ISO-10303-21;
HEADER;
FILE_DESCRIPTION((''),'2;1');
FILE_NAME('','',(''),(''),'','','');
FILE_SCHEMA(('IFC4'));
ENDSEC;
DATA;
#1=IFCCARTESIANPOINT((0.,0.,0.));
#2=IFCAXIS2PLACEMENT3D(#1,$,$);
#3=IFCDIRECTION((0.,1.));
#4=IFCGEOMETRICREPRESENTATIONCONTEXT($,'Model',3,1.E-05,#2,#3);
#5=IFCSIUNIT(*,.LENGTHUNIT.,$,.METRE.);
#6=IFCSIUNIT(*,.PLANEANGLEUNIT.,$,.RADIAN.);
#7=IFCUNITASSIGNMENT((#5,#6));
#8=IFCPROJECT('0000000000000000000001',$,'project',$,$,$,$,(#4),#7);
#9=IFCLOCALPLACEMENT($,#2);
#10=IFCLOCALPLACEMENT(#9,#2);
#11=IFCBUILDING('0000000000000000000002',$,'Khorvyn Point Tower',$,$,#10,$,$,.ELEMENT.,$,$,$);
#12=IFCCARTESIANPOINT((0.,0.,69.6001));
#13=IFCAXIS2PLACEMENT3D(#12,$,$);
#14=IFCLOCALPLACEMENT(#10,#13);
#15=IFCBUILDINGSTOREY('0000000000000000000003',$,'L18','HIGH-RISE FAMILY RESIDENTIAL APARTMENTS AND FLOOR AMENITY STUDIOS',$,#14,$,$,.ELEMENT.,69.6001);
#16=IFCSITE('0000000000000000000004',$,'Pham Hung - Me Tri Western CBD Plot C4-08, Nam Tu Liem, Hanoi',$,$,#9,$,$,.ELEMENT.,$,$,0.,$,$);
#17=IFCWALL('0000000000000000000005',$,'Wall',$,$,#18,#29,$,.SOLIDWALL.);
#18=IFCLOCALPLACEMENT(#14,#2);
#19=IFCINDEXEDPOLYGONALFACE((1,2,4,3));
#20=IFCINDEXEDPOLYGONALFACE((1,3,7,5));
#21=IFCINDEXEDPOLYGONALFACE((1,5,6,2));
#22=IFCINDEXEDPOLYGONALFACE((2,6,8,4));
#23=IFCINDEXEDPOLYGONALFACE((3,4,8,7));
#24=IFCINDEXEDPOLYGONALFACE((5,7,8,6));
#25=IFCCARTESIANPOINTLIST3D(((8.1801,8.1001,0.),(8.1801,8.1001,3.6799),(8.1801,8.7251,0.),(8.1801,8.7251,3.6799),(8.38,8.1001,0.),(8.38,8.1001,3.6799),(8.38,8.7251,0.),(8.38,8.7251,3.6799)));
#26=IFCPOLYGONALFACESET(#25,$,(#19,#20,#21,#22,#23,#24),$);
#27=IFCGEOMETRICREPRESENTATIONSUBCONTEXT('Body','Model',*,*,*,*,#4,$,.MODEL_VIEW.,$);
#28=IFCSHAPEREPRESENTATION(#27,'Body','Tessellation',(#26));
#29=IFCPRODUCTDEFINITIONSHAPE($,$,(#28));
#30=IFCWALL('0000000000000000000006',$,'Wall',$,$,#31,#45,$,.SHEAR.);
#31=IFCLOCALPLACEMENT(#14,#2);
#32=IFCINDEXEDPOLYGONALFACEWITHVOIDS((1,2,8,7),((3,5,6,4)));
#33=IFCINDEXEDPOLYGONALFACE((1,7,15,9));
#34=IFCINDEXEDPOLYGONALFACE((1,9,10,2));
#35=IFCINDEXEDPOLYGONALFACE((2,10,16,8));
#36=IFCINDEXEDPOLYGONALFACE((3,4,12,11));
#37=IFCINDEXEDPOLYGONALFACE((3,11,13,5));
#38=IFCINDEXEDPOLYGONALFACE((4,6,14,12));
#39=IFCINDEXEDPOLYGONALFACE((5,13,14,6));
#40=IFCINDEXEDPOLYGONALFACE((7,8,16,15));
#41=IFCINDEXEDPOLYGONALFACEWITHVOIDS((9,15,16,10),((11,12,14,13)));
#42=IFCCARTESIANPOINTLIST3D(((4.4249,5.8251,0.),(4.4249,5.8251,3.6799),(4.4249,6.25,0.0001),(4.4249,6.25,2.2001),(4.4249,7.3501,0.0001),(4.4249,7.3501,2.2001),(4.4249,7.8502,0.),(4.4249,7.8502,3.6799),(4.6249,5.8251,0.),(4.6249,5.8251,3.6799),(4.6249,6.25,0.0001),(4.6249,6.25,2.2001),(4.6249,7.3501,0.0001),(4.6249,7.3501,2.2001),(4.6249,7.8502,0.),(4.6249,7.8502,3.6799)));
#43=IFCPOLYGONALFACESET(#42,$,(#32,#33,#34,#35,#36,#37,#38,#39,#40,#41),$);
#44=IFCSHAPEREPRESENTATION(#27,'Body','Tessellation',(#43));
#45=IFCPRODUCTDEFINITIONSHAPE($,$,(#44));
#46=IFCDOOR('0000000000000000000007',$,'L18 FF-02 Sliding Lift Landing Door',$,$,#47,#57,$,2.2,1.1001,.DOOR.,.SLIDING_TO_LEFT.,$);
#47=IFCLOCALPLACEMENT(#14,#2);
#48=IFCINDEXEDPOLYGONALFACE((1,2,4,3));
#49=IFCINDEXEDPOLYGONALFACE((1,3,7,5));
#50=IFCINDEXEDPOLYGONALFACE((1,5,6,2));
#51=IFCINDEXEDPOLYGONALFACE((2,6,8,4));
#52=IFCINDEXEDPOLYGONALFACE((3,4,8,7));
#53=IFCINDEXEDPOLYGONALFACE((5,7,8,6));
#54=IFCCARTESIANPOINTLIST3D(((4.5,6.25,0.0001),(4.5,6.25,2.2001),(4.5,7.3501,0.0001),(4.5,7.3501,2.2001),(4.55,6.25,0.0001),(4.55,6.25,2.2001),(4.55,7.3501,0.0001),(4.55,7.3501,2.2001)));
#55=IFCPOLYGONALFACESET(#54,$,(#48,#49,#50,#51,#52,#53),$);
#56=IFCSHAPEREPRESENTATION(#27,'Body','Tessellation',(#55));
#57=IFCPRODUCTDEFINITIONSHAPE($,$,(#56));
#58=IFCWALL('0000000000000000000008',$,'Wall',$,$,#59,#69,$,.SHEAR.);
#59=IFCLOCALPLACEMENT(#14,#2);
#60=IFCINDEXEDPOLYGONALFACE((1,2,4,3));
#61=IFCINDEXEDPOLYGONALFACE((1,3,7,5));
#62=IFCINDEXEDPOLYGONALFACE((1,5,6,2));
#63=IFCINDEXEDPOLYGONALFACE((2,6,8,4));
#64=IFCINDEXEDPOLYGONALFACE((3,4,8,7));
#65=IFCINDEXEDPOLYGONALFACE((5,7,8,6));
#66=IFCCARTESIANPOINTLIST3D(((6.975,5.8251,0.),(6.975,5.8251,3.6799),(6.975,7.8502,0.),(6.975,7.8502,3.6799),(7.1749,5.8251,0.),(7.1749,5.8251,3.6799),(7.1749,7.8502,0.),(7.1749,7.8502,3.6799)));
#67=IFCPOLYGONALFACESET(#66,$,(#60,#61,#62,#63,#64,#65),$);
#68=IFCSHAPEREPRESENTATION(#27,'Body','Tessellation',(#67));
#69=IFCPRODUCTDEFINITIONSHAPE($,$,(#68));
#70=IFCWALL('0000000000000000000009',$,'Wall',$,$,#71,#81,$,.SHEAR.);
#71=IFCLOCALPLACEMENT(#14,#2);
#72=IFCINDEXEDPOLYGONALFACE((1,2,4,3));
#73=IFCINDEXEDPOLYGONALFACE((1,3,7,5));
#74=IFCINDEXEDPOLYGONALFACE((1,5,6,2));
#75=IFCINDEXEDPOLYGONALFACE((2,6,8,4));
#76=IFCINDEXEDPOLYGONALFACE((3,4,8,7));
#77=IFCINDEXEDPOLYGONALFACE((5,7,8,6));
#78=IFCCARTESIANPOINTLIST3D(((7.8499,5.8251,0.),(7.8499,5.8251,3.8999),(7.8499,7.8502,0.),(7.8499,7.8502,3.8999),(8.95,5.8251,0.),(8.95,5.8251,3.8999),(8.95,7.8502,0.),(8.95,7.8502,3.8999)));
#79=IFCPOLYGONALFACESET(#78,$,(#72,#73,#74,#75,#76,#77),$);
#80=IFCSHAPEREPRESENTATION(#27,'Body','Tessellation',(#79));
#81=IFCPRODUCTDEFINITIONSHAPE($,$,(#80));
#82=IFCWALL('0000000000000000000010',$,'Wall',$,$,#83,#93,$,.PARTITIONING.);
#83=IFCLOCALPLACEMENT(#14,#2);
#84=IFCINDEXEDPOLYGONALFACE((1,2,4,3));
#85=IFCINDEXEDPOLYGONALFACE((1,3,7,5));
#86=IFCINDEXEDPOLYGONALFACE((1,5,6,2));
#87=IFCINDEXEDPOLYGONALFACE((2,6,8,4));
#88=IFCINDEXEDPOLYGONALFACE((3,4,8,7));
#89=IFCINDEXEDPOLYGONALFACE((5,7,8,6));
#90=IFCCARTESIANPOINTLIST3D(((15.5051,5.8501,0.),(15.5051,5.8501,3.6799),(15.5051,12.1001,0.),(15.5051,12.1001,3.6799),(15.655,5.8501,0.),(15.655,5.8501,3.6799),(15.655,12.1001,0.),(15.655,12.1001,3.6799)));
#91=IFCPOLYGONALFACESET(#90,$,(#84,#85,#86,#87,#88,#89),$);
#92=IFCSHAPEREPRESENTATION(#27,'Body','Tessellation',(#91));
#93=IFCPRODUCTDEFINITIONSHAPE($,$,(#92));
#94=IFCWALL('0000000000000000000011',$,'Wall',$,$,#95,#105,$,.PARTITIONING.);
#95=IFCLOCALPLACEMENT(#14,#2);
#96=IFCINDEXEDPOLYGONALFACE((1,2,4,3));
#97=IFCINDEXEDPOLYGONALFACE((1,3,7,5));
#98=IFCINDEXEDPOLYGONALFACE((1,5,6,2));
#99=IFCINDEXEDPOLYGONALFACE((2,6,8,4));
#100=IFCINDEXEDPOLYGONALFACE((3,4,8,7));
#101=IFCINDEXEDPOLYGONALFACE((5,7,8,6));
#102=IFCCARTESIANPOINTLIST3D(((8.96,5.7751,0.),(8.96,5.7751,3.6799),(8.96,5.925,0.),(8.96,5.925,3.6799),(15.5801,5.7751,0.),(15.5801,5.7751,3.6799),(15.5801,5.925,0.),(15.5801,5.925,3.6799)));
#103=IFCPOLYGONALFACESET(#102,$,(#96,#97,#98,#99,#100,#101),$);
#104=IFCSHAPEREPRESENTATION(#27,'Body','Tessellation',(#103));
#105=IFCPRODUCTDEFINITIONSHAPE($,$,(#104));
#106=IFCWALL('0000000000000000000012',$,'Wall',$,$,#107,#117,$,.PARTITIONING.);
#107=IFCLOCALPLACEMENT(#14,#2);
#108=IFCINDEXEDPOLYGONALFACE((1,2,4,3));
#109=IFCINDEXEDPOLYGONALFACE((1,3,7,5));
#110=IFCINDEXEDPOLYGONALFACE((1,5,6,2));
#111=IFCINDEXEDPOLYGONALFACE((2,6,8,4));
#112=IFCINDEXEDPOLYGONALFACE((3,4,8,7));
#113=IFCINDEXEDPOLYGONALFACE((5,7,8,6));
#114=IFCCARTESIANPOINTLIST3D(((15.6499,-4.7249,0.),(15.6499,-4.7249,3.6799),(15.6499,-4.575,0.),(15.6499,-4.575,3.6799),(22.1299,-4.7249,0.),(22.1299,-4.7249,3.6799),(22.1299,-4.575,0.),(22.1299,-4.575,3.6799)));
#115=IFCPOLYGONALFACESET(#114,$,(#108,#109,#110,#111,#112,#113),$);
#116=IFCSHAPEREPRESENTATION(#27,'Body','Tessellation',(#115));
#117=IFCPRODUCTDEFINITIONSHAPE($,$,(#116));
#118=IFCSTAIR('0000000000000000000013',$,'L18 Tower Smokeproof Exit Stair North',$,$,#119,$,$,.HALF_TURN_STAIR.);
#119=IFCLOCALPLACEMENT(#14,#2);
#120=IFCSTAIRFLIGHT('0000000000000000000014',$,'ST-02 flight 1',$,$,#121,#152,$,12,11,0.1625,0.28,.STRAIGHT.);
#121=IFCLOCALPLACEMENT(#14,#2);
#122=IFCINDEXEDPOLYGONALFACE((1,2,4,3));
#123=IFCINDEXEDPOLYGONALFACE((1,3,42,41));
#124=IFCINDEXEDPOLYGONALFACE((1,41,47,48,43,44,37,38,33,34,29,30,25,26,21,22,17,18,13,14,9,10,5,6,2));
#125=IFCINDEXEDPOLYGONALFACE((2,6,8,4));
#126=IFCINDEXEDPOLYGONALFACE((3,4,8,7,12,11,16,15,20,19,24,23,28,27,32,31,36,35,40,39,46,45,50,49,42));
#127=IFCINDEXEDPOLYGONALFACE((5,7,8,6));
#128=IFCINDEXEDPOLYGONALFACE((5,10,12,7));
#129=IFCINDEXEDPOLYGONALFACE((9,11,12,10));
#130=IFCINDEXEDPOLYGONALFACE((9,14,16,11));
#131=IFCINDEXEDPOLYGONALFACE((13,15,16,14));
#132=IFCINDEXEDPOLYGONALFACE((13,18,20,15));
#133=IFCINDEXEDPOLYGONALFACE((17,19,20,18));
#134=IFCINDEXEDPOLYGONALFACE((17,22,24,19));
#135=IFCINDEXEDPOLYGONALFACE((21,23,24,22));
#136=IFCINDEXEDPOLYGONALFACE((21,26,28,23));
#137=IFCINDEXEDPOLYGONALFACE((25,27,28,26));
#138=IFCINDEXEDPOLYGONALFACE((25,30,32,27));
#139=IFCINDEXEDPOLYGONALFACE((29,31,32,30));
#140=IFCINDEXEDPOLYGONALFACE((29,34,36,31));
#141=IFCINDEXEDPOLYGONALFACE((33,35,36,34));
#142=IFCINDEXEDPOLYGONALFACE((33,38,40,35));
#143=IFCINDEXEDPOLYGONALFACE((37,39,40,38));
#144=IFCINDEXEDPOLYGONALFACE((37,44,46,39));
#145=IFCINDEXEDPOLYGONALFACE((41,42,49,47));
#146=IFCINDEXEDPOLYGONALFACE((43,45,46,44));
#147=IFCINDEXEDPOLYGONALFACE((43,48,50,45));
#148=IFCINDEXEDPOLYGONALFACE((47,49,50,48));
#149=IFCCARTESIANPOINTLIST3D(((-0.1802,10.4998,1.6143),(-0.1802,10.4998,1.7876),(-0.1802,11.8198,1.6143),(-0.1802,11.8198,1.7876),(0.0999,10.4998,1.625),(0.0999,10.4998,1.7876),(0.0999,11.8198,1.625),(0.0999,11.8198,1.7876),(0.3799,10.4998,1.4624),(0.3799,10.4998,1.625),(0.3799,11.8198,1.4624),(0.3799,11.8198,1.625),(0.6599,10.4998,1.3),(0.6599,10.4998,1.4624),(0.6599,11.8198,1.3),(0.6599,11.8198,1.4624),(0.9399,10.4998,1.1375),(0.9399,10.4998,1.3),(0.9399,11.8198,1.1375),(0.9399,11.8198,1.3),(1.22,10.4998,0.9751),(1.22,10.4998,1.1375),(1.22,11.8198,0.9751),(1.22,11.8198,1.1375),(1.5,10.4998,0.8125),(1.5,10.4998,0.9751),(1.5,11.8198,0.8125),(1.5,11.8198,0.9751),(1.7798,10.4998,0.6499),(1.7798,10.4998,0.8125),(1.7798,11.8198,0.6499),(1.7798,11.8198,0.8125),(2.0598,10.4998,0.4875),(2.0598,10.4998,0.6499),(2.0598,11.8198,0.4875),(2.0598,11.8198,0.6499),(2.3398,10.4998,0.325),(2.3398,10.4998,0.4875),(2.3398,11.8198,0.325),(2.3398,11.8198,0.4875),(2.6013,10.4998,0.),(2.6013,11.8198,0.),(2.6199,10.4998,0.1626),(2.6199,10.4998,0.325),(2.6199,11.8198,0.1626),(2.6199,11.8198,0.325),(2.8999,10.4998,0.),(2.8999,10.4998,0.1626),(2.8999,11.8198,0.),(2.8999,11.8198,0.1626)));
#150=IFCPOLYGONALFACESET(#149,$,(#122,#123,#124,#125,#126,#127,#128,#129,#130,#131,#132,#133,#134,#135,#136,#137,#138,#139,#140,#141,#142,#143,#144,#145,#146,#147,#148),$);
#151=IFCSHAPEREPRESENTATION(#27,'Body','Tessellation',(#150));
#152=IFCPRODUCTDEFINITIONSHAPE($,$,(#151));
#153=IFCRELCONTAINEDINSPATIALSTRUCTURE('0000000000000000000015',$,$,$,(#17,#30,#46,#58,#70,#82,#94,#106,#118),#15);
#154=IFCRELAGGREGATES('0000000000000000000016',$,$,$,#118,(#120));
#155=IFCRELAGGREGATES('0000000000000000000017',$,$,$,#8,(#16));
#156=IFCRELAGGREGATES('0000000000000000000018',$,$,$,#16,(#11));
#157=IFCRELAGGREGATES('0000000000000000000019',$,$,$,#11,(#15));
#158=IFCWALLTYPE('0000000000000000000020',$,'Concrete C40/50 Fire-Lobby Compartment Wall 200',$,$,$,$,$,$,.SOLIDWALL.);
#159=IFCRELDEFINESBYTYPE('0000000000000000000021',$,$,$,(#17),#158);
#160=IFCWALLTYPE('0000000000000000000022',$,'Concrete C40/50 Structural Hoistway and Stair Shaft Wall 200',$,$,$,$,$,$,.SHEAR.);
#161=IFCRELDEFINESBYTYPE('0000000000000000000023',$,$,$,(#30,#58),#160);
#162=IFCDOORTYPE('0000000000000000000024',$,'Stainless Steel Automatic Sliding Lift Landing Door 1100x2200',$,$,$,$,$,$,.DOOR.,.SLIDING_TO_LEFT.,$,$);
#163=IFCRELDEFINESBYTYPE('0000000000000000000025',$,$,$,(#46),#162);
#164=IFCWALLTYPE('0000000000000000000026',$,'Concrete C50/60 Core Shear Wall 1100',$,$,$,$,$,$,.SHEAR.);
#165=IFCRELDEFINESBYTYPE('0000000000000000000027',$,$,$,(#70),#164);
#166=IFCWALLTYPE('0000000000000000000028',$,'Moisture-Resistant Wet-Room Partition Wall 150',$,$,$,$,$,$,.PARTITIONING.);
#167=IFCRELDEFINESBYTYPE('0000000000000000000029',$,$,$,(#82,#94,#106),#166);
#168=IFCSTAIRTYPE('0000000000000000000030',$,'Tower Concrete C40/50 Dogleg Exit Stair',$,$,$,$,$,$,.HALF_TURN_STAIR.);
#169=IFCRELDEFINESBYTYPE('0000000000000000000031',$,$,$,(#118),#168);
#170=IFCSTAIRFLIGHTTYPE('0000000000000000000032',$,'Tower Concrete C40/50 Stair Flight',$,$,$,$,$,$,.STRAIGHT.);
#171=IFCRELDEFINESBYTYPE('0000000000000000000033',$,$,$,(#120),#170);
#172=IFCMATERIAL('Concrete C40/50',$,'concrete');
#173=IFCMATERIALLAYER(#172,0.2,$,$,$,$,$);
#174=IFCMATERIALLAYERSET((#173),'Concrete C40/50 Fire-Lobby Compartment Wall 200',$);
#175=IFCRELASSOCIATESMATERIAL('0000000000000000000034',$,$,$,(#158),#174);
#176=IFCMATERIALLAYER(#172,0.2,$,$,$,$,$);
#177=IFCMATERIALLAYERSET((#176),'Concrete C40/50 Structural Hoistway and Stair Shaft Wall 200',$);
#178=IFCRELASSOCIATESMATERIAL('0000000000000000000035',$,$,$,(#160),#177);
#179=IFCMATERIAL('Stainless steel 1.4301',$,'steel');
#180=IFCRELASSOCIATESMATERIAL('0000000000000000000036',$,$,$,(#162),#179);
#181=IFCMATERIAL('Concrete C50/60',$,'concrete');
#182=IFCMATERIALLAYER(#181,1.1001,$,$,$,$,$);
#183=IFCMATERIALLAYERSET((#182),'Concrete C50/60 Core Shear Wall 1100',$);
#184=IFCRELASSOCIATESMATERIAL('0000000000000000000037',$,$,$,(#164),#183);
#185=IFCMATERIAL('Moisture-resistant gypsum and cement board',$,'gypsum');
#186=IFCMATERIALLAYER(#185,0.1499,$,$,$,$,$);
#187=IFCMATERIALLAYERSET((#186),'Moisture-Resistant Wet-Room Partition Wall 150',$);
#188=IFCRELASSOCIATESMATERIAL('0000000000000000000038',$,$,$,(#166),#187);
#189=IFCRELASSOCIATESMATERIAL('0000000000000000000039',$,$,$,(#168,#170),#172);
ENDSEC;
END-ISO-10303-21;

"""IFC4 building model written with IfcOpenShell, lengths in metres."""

from ifc_helpers import new_model, si_unit, direction, frame, frame_2d, origin, place, context, subcontext, project, spatial, polyline, rectangle, outline, extrude, material, layer, layer_set, type_object, element, fill, aggregate, save


model = new_model("IFC4")

# Units and contexts
model_context = context("Model", 3, precision=1e-05, world=origin(), true_north=direction((0.0, 1.0)))
body_context = subcontext(model_context, "Body", "Model", "MODEL_VIEW")
ifc_project = project(units=[si_unit("LENGTHUNIT", "METRE"), si_unit("PLANEANGLEUNIT", "RADIAN")], contexts=[model_context])

# Site, building, storey
site_placement = place(None, origin())
site = spatial("IfcSite", under=ifc_project, at=site_placement, Name="Pham Hung - Me Tri Western CBD Plot C4-08, Nam Tu Liem, Hanoi", CompositionType="ELEMENT", RefElevation=0.0)
building_placement = place(site_placement, origin())
building = spatial("IfcBuilding", under=site, at=building_placement, Name="Khorvyn Point Tower", CompositionType="ELEMENT")
storey_placement = place(building_placement, frame((0.0, 0.0, 69.6001)))
storey = spatial("IfcBuildingStorey", under=building, at=storey_placement, Name="L18", Description="HIGH-RISE FAMILY RESIDENTIAL APARTMENTS AND FLOOR AMENITY STUDIOS", CompositionType="ELEMENT", Elevation=69.6001)

# Shared definitions
ifc_material_1 = material(Name="Concrete C50/60", Category="concrete")

# Shared definitions
ifc_material_2 = material(Name="Concrete C40/50", Category="concrete")

# Shared definitions
ifc_layer_1 = layer(ifc_material_2, 0.2)
ifc_layer_set_1 = layer_set([ifc_layer_1], Name="Concrete C40/50 Fire-Lobby Compartment Wall 200")
wall_type_1 = type_object("IfcWallType", Name="Concrete C40/50 Fire-Lobby Compartment Wall 200", PredefinedType="SOLIDWALL", material=ifc_layer_set_1)

# Wall
wall_1_placement = place(storey_placement, frame((8.28, 8.1001, 0.0), z_axis=(0.0, 0.0, 1.0), x_axis=(0.0, 1.0, 0.0)))
element("IfcWall", 1, at=wall_1_placement, inside=storey, type_object=wall_type_1, Name="Wall", PredefinedType="SOLIDWALL", context=body_context, shape_type="SweptSolid", body=[
    extrude(rectangle(XDim=0.625, YDim=0.2, at=frame_2d((0.3125, 0.0))), origin(), (0.0, 0.0, 1.0), 3.6799),
])

# Wall, opening, door
ifc_layer_2 = layer(ifc_material_2, 0.2)
ifc_layer_set_2 = layer_set([ifc_layer_2], Name="Concrete C40/50 Structural Hoistway and Stair Shaft Wall 200")
wall_type_2 = type_object("IfcWallType", Name="Concrete C40/50 Structural Hoistway and Stair Shaft Wall 200", PredefinedType="SHEAR", material=ifc_layer_set_2)
wall_2_placement = place(storey_placement, frame((4.5249, 5.825, 0.0), z_axis=(0.0, 0.0, 1.0), x_axis=(0.0, 1.0, 0.0)))
wall_2 = element("IfcWall", 2, at=wall_2_placement, inside=storey, type_object=wall_type_2, Name="Wall", PredefinedType="SHEAR", context=body_context, shape_type="SweptSolid", body=[
    extrude(rectangle(XDim=2.0251, YDim=0.2, at=frame_2d((1.0127, 0.0))), origin(), (0.0, 0.0, 1.0), 3.6799),
])
opening_1_placement = place(wall_2_placement, frame((0.425, 0.0, 0.0)))
opening_1 = element("IfcOpeningElement", 3, at=opening_1_placement, cuts=wall_2, PredefinedType="OPENING", context=body_context, shape_type="SweptSolid", body=[
    extrude(rectangle(XDim=1.1001, YDim=2.2, at=frame_2d((0.55, 1.1001))), frame((0.0, 0.1099, 0.0), z_axis=(0.0, -1.0, 0.0), x_axis=(1.0, 0.0, 0.0)), (0.0, 0.0, 1.0), 0.22),
])
ifc_material_3 = material(Name="Stainless steel 1.4301", Category="steel")
door_type_1 = type_object("IfcDoorType", Name="Stainless Steel Automatic Sliding Lift Landing Door 1100x2200", OperationType="SLIDING_TO_LEFT", PredefinedType="DOOR", material=ifc_material_3)
door_1_placement = place(opening_1_placement, origin())
door_1 = element("IfcDoor", 4, at=door_1_placement, inside=storey, type_object=door_type_1, Name="L18 FF-02 Sliding Lift Landing Door", OperationType="SLIDING_TO_LEFT", OverallHeight=2.2, OverallWidth=1.1001, PredefinedType="DOOR", context=body_context, shape_type="SweptSolid", body=[
    extrude(rectangle(XDim=1.1001, YDim=2.2, at=frame_2d((0.55, 1.1001))), frame((0.0, 0.0249, 0.0), z_axis=(0.0, -1.0, 0.0), x_axis=(1.0, 0.0, 0.0)), (0.0, 0.0, 1.0), 0.05),
])
fill(opening_1, door_1)

# Walls
wall_3_placement = place(storey_placement, frame((7.075, 5.825, 0.0), z_axis=(0.0, 0.0, 1.0), x_axis=(0.0, 1.0, 0.0)))
element("IfcWall", 5, at=wall_3_placement, inside=storey, type_object=wall_type_2, Name="Wall", PredefinedType="SHEAR", context=body_context, shape_type="SweptSolid", body=[
    extrude(rectangle(XDim=2.0251, YDim=0.2, at=frame_2d((1.0127, 0.0))), origin(), (0.0, 0.0, 1.0), 3.6799),
])
ifc_layer_3 = layer(ifc_material_1, 1.1001)
ifc_layer_set_3 = layer_set([ifc_layer_3], Name="Concrete C50/60 Core Shear Wall 1100")
wall_type_3 = type_object("IfcWallType", Name="Concrete C50/60 Core Shear Wall 1100", PredefinedType="SHEAR", material=ifc_layer_set_3)
wall_4_placement = place(storey_placement, frame((8.3999, 5.825, 0.0), z_axis=(0.0, 0.0, 1.0), x_axis=(0.0, 1.0, 0.0)))
element("IfcWall", 6, at=wall_4_placement, inside=storey, type_object=wall_type_3, Name="Wall", PredefinedType="SHEAR", context=body_context, shape_type="SweptSolid", body=[
    extrude(rectangle(XDim=2.0251, YDim=1.1001, at=frame_2d((1.0127, 0.0))), origin(), (0.0, 0.0, 1.0), 3.8999),
])
ifc_material_4 = material(Name="Moisture-resistant gypsum and cement board", Category="gypsum")
ifc_layer_4 = layer(ifc_material_4, 0.1499)
ifc_layer_set_4 = layer_set([ifc_layer_4], Name="Moisture-Resistant Wet-Room Partition Wall 150")
wall_type_4 = type_object("IfcWallType", Name="Moisture-Resistant Wet-Room Partition Wall 150", PredefinedType="PARTITIONING", material=ifc_layer_set_4)
wall_5_placement = place(storey_placement, frame((15.5801, 5.8501, 0.0), z_axis=(0.0, 0.0, 1.0), x_axis=(0.0, 1.0, 0.0)))
element("IfcWall", 7, at=wall_5_placement, inside=storey, type_object=wall_type_4, Name="Wall", PredefinedType="PARTITIONING", context=body_context, shape_type="SweptSolid", body=[
    extrude(rectangle(XDim=6.25, YDim=0.1499, at=frame_2d((3.125, 0.0))), origin(), (0.0, 0.0, 1.0), 3.6799),
])
wall_6_placement = place(storey_placement, frame((8.96, 5.8501, 0.0), z_axis=(0.0, 0.0, 1.0), x_axis=(1.0, 0.0, 0.0)))
element("IfcWall", 8, at=wall_6_placement, inside=storey, type_object=wall_type_4, Name="Wall", PredefinedType="PARTITIONING", context=body_context, shape_type="SweptSolid", body=[
    extrude(rectangle(XDim=6.6201, YDim=0.1499, at=frame_2d((3.3101, 0.0))), origin(), (0.0, 0.0, 1.0), 3.6799),
])
wall_7_placement = place(storey_placement, frame((15.6499, -4.6499, 0.0), z_axis=(0.0, 0.0, 1.0), x_axis=(1.0, 0.0, 0.0)))
element("IfcWall", 9, at=wall_7_placement, inside=storey, type_object=wall_type_4, Name="Wall", PredefinedType="PARTITIONING", context=body_context, shape_type="SweptSolid", body=[
    extrude(rectangle(XDim=6.48, YDim=0.1499, at=frame_2d((3.24, 0.0))), origin(), (0.0, 0.0, 1.0), 3.6799),
])

# Stair, stair flight
stair_type = type_object("IfcStairType", Name="Tower Concrete C40/50 Dogleg Exit Stair", PredefinedType="HALF_TURN_STAIR", material=ifc_material_2)
stair_placement = place(storey_placement, origin())
stair = element("IfcStair", 10, at=stair_placement, inside=storey, type_object=stair_type, Name="L18 Tower Smokeproof Exit Stair North", PredefinedType="HALF_TURN_STAIR")
stair_flight_type = type_object("IfcStairFlightType", Name="Tower Concrete C40/50 Stair Flight", PredefinedType="STRAIGHT", material=ifc_material_2)
stair_flight_placement = place(storey_placement, frame((2.8999, 11.1599, 0.0), z_axis=(0.0, 0.0, 1.0), x_axis=(-1.0, 0.0, 0.0)))
stair_flight = element("IfcStairFlight", 11, at=stair_flight_placement, type_object=stair_flight_type, Name="ST-02 flight 1", NumberOfRisers=12, NumberOfTreads=11, PredefinedType="STRAIGHT", RiserHeight=0.1625, TreadLength=0.28, context=body_context, shape_type="SweptSolid", body=[
    extrude(outline(polyline([(0.0, 0.0), (0.0, 0.1626), (0.28, 0.1626), (0.28, 0.325), (0.5601, 0.325), (0.5601, 0.4875), (0.8401, 0.4875), (0.8401, 0.6499), (1.1201, 0.6499), (1.1201, 0.8125), (1.3999, 0.8125), (1.3999, 0.9751), (1.6799, 0.9751), (1.6799, 1.1375), (1.96, 1.1375), (1.96, 1.3), (2.24, 1.3), (2.24, 1.4624), (2.52, 1.4624), (2.52, 1.625), (2.8, 1.625), (2.8, 1.7876), (3.0801, 1.7876), (3.0801, 1.95), (3.0801, 1.6143), (0.2986, 0.0), (0.0, 0.0)])), frame((0.0, 0.6602, 0.0), z_axis=(0.0, -1.0, 0.0), x_axis=(1.0, 0.0, 0.0)), (0.0, 0.0, 1.0), 1.3201),
])
aggregate(stair, [stair_flight])

save(model, "model.ifc")
